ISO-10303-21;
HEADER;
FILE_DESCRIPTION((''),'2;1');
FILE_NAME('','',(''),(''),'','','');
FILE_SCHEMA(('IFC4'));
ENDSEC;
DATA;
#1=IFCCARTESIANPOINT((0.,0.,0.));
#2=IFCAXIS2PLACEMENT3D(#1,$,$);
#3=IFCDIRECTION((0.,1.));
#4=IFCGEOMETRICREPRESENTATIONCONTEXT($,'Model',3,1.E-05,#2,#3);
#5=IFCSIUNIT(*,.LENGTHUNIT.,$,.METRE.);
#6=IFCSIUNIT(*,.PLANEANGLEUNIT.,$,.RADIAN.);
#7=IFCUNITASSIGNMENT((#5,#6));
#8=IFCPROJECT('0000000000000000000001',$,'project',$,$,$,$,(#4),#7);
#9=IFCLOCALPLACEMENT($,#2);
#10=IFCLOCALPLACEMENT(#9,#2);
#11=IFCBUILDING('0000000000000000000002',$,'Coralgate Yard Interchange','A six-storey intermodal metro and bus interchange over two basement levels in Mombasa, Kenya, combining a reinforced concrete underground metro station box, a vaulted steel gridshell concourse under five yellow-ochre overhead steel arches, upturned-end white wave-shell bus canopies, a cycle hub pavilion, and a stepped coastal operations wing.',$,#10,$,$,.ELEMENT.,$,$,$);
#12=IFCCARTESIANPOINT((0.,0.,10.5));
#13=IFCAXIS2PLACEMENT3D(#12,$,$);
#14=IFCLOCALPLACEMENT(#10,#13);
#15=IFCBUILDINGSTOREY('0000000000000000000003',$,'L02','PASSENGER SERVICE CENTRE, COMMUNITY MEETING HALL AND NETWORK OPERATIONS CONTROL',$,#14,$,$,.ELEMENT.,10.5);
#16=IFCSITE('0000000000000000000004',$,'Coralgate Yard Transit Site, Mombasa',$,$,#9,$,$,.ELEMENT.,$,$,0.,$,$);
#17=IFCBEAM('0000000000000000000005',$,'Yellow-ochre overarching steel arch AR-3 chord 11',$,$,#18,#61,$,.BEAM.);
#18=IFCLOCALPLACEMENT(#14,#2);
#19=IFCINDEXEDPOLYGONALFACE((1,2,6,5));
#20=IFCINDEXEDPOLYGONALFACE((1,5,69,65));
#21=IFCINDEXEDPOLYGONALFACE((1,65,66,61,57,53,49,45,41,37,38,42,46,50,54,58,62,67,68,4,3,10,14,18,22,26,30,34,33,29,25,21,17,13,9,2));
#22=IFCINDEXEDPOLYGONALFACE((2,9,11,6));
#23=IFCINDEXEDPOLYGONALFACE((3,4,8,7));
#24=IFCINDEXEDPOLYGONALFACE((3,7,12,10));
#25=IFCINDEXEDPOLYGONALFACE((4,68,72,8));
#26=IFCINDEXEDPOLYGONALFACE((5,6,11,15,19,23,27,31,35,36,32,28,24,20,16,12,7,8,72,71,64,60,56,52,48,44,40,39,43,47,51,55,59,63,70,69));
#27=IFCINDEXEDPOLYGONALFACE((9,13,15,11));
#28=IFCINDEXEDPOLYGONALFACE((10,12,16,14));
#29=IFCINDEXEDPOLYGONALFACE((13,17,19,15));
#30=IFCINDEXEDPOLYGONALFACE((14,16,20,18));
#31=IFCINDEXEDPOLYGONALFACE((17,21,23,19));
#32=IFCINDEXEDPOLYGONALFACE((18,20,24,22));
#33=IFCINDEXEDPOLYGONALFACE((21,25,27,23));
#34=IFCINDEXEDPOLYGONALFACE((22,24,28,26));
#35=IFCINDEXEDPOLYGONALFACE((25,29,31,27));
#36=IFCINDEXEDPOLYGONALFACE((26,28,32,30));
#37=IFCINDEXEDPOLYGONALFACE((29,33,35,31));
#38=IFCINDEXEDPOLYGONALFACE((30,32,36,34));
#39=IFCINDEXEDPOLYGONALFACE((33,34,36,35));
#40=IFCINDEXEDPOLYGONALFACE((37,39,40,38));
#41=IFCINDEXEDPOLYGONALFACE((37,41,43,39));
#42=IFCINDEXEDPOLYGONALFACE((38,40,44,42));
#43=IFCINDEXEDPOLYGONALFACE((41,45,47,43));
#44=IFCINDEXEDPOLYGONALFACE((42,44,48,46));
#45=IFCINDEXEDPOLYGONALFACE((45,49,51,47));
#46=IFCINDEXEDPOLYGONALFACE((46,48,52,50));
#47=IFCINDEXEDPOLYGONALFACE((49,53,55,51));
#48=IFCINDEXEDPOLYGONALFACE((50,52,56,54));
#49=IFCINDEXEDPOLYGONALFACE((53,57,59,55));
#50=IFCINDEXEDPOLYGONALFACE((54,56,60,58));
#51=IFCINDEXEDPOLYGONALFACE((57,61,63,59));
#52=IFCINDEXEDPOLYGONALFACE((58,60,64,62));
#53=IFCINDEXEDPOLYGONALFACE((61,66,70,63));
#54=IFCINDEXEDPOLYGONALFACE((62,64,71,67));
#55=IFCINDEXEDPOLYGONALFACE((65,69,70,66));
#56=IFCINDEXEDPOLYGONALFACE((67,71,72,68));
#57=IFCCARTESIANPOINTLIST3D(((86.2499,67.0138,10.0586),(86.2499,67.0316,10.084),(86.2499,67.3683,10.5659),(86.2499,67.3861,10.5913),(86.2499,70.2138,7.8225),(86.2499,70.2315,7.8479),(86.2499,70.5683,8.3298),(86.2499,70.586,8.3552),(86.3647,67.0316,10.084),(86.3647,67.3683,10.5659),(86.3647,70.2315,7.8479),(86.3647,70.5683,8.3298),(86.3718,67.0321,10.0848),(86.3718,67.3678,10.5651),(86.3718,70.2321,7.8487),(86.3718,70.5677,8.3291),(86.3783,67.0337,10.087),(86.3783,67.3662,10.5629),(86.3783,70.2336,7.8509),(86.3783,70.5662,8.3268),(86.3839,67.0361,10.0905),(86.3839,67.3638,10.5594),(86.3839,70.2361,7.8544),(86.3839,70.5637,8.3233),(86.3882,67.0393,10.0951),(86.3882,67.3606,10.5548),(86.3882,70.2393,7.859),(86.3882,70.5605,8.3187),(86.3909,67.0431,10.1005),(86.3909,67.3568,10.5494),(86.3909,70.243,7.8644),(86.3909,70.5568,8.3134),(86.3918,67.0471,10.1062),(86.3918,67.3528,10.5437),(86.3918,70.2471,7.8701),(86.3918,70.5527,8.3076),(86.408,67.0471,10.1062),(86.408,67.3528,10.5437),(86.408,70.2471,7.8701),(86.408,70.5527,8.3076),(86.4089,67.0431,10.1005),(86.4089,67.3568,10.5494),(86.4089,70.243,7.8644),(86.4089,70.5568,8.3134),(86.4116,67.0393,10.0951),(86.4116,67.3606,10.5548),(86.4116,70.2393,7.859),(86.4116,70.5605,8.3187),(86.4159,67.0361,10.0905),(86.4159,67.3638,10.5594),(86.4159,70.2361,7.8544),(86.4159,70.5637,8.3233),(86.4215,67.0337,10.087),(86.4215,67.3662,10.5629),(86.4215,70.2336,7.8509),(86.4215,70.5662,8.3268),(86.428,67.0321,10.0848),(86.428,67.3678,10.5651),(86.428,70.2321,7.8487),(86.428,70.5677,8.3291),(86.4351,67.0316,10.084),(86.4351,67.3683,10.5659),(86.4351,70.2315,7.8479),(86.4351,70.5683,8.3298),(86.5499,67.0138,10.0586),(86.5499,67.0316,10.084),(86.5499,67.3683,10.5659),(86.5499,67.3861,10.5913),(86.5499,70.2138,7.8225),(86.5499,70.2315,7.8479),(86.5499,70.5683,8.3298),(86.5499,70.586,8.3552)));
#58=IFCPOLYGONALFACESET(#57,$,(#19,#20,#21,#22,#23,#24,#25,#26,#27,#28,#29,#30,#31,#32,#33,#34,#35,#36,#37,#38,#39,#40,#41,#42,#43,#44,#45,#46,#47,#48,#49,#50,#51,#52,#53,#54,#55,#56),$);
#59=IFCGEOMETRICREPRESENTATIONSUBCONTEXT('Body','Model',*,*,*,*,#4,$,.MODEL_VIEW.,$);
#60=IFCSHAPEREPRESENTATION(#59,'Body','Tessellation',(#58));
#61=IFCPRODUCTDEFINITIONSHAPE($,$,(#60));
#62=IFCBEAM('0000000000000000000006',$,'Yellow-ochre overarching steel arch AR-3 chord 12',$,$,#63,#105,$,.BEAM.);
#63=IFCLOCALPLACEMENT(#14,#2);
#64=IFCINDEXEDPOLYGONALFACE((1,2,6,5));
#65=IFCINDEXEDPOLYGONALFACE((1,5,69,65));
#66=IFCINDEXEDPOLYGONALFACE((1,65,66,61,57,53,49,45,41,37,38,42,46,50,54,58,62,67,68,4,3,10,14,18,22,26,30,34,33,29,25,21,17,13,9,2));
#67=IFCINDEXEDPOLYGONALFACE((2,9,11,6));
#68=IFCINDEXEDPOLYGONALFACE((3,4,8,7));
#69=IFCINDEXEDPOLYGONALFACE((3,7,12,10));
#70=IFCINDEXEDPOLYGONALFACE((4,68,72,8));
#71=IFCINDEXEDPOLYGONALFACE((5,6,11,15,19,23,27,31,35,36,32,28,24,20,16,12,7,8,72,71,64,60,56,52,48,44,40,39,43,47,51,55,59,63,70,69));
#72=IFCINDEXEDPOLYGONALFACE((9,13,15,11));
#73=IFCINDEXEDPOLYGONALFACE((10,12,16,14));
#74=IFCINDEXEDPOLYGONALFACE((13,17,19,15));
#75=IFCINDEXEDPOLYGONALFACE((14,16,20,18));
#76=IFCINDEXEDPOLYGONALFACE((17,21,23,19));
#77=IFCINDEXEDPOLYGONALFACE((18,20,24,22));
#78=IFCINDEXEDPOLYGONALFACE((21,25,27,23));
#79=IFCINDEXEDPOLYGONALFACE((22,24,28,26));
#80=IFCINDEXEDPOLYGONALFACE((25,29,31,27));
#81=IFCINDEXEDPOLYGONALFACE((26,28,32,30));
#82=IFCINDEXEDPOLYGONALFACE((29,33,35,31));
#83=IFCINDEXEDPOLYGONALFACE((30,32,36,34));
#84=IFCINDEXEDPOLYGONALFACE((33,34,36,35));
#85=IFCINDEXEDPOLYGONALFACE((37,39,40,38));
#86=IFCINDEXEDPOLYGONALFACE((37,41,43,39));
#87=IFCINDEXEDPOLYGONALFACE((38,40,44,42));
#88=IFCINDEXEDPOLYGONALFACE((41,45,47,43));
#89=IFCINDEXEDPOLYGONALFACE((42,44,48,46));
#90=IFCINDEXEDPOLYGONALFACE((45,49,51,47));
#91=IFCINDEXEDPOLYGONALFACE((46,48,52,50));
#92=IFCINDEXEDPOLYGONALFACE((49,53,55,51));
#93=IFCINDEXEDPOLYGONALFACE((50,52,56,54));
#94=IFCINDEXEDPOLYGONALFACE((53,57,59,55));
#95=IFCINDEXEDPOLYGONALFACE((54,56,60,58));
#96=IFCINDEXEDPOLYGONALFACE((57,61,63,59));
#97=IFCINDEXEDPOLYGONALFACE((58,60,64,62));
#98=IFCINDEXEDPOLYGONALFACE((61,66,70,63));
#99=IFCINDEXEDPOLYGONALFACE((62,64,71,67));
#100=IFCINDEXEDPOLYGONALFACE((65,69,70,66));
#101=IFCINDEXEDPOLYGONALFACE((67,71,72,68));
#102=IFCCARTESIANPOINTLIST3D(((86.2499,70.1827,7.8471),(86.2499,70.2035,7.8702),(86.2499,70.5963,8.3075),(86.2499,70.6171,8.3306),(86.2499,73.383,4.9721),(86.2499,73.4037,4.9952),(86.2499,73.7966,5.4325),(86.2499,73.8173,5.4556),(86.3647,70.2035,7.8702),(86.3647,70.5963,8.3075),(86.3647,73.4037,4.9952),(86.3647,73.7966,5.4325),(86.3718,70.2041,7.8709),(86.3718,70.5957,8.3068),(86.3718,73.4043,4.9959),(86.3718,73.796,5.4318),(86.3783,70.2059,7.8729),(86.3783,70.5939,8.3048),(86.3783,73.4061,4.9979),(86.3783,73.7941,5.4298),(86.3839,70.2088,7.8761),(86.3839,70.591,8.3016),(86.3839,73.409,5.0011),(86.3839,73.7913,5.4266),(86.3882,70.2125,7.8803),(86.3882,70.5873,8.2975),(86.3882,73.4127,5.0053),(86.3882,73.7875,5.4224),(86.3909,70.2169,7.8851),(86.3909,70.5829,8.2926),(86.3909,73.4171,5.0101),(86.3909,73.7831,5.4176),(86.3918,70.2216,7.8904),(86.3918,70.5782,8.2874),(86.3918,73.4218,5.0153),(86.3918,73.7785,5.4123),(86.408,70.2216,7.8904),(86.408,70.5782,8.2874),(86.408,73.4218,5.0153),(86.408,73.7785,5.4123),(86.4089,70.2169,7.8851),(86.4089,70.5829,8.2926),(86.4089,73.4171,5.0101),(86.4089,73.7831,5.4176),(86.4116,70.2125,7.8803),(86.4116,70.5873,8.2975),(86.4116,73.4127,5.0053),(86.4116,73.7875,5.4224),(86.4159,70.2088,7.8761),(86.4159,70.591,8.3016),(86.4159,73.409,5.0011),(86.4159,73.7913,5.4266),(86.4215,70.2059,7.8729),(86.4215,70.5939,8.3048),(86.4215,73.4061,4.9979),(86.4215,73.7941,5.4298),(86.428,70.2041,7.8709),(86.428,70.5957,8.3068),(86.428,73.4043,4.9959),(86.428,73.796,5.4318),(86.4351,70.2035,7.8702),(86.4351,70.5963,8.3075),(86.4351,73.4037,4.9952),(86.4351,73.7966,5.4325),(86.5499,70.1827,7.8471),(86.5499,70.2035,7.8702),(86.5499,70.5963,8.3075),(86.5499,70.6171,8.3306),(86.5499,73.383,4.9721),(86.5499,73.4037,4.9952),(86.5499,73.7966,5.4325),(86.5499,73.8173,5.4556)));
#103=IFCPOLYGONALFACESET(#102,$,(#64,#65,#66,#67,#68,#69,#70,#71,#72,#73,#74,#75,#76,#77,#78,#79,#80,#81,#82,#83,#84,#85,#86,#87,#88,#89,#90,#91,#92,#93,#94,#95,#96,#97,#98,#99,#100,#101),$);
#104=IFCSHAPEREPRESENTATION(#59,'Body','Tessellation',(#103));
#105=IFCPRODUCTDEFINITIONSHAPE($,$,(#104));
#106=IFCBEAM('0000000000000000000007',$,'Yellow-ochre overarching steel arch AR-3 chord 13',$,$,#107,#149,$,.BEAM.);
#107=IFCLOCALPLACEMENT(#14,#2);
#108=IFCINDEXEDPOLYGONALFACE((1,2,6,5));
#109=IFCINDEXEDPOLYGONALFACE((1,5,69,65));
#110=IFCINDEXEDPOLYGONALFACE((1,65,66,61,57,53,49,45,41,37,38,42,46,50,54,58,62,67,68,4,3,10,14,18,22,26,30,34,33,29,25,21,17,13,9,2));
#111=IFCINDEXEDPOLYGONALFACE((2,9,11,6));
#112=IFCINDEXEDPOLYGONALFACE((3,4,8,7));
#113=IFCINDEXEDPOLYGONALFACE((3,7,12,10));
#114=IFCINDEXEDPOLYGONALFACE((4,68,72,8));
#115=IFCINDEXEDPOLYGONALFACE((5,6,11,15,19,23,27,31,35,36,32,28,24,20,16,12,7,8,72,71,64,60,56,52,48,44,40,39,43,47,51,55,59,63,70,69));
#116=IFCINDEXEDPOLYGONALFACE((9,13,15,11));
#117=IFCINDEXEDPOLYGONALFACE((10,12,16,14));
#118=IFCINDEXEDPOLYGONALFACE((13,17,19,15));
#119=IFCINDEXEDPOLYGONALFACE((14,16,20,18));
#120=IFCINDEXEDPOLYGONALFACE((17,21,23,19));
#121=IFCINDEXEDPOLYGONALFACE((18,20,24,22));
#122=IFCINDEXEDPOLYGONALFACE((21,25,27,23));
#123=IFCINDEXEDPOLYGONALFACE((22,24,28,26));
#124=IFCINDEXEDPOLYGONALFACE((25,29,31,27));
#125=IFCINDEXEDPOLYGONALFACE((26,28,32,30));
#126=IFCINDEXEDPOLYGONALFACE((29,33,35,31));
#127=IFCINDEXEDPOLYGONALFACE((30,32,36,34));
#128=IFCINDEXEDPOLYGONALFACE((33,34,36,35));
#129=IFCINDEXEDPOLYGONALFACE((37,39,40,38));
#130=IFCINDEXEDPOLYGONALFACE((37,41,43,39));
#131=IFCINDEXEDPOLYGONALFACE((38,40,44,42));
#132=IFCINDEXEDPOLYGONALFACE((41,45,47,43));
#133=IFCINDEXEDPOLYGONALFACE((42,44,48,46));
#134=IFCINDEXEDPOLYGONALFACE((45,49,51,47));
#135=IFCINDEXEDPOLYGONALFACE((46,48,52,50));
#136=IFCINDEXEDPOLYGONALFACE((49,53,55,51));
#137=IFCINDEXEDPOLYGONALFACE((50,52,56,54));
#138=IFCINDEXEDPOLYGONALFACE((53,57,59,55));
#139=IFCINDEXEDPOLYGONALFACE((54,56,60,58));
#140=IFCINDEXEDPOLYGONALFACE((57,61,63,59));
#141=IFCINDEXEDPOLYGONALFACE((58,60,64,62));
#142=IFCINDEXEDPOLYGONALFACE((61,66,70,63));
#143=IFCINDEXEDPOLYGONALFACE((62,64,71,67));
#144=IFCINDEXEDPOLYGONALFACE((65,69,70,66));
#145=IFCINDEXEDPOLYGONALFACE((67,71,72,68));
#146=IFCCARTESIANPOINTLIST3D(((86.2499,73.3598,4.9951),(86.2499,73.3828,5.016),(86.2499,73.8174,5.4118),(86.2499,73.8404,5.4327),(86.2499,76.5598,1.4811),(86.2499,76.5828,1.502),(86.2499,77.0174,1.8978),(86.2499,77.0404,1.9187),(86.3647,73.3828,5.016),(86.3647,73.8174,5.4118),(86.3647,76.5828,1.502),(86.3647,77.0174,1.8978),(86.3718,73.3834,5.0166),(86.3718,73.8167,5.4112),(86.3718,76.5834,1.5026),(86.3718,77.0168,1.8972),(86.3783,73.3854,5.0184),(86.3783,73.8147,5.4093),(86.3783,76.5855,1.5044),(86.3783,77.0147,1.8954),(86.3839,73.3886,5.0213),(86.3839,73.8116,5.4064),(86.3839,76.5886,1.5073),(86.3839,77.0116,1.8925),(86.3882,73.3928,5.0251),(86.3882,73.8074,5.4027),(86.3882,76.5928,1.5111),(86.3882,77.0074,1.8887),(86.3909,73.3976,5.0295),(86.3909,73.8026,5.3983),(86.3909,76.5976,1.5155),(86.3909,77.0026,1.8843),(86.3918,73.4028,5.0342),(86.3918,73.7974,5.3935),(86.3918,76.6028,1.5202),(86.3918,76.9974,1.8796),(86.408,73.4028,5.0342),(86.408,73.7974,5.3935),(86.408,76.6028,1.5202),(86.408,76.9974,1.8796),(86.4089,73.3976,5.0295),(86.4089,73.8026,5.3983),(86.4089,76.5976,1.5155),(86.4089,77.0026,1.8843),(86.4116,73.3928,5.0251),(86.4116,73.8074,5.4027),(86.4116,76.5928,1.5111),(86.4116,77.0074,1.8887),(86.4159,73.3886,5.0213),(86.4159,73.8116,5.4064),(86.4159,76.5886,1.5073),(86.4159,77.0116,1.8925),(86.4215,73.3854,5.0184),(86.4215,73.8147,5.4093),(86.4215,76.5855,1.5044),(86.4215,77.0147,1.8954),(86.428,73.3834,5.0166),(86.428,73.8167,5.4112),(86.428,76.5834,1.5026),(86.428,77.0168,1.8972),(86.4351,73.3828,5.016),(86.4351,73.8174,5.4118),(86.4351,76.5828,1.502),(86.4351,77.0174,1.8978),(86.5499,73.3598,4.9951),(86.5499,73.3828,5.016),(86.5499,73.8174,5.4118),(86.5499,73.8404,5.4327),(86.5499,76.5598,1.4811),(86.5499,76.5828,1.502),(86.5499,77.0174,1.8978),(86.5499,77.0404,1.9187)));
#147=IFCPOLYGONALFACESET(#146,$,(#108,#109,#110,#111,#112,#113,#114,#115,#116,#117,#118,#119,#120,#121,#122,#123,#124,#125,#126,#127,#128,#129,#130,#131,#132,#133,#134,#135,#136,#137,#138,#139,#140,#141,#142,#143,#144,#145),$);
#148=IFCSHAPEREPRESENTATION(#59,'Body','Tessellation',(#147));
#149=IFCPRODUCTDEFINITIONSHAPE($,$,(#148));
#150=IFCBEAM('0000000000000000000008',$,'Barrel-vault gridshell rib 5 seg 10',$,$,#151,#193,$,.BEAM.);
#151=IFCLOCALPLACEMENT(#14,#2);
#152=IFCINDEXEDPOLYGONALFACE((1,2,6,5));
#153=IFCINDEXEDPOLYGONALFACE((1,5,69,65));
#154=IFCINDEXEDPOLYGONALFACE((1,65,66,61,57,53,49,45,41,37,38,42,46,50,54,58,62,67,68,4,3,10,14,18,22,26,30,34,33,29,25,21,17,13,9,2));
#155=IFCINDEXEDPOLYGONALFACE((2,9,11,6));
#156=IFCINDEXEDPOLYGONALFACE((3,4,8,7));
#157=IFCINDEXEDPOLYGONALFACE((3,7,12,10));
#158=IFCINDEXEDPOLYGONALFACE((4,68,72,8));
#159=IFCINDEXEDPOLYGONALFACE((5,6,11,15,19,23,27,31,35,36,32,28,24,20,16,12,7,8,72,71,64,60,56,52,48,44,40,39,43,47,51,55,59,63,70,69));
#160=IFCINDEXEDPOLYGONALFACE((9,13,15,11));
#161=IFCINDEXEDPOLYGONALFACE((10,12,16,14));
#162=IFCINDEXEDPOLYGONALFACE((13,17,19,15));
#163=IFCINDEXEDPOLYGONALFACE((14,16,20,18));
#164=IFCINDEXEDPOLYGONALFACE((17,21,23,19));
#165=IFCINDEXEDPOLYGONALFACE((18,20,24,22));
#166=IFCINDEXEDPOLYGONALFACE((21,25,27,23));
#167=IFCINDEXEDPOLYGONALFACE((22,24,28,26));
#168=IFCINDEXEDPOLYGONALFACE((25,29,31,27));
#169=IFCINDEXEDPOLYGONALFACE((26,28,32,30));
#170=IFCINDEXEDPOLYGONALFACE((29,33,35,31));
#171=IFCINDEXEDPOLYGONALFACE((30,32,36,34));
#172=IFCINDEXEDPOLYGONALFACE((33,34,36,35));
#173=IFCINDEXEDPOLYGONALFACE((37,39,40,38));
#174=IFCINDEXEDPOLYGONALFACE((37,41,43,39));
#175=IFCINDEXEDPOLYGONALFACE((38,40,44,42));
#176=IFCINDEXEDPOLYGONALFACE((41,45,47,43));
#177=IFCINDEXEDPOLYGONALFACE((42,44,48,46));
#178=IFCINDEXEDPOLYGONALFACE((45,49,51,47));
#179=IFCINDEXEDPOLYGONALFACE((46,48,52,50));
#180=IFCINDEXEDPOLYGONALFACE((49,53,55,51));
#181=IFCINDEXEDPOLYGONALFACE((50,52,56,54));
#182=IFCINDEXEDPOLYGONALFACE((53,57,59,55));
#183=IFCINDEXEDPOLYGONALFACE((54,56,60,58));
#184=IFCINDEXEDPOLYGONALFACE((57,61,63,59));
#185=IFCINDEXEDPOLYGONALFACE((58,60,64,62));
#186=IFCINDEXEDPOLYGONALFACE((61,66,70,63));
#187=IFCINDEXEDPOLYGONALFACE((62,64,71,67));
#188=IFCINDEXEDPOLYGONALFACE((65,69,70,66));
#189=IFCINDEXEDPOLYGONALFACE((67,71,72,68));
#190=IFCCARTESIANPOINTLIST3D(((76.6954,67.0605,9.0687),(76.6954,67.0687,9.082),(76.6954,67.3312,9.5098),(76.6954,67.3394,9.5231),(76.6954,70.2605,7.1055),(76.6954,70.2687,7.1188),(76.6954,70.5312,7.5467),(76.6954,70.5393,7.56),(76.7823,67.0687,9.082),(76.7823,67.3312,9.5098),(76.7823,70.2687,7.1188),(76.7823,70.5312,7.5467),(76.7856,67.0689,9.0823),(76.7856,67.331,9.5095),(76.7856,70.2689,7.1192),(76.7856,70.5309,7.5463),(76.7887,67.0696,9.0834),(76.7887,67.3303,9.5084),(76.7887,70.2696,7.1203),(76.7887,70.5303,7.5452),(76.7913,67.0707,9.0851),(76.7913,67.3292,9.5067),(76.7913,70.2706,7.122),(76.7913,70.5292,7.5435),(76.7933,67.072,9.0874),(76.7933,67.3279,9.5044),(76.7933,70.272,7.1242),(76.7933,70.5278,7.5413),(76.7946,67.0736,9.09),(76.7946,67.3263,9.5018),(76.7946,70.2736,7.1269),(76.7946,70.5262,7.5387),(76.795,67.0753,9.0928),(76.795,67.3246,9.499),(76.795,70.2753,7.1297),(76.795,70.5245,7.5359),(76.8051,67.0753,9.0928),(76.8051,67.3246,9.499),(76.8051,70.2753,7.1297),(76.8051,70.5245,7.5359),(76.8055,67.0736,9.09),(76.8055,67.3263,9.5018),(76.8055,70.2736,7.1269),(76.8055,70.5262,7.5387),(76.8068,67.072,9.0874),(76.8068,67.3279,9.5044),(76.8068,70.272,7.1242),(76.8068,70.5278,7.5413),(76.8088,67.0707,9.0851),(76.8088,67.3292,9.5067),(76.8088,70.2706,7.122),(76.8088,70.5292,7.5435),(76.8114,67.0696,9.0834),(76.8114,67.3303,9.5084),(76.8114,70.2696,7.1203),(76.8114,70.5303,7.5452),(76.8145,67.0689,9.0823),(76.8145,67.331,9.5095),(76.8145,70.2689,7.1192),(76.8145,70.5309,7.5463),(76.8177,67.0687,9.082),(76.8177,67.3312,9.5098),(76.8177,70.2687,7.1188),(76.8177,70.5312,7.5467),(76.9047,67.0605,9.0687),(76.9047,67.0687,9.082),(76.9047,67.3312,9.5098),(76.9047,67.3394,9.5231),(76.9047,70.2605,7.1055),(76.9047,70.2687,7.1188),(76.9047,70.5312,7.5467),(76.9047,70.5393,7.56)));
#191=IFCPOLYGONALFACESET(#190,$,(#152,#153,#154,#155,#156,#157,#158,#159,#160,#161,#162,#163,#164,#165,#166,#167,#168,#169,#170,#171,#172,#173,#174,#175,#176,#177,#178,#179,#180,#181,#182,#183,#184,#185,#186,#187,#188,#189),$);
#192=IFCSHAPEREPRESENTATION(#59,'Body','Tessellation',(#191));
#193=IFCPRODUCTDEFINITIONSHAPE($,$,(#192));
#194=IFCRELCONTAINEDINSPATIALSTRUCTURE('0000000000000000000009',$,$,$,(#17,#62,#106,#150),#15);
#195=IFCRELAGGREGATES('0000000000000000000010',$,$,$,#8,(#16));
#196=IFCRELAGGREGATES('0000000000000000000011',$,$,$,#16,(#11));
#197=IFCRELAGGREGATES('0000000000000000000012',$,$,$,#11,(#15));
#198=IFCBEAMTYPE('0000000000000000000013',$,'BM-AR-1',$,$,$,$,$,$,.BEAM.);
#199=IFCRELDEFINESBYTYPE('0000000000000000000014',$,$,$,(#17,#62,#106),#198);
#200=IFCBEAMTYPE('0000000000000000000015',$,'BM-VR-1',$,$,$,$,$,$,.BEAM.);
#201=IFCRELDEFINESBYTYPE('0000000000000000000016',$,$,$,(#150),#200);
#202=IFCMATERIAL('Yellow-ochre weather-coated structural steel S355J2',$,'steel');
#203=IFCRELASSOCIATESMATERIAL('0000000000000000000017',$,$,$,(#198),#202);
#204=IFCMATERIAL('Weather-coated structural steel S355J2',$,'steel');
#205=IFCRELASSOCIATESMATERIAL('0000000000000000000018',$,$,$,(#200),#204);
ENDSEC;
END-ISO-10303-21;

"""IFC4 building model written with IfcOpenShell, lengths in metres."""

from ifc_helpers import new_model, si_unit, direction, frame, origin, origin_2d, place, context, subcontext, project, spatial, i_section, extrude, material, material_profile, profile_set, type_object, element, save


model = new_model("IFC4")

# Units and contexts
model_context = context("Model", 3, precision=1e-05, world=origin(), true_north=direction((0.0, 1.0)))
body_context = subcontext(model_context, "Body", "Model", "MODEL_VIEW")
ifc_project = project(units=[si_unit("LENGTHUNIT", "METRE"), si_unit("PLANEANGLEUNIT", "RADIAN")], contexts=[model_context])

# Site, building, storey
site_placement = place(None, origin())
site = spatial("IfcSite", under=ifc_project, at=site_placement, Name="Coralgate Yard Transit Site, Mombasa", CompositionType="ELEMENT", RefElevation=0.0)
building_placement = place(site_placement, origin())
building = spatial("IfcBuilding", under=site, at=building_placement, Name="Coralgate Yard Interchange", Description="A six-storey intermodal metro and bus interchange over two basement levels in Mombasa, Kenya, combining a reinforced concrete underground metro station box, a vaulted steel gridshell concourse under five yellow-ochre overhead steel arches, upturned-end white wave-shell bus canopies, a cycle hub pavilion, and a stepped coastal operations wing.", CompositionType="ELEMENT")
storey_placement = place(building_placement, frame((0.0, 0.0, 10.5)))
storey = spatial("IfcBuildingStorey", under=building, at=storey_placement, Name="L02", Description="PASSENGER SERVICE CENTRE, COMMUNITY MEETING HALL AND NETWORK OPERATIONS CONTROL", CompositionType="ELEMENT", Elevation=10.5)

# Beams
ifc_material_1 = material(Name="Yellow-ochre weather-coated structural steel S355J2", Category="steel")
ifc_material_profile_1 = material_profile(ifc_material_1, i_section(OverallWidth=0.3, OverallDepth=0.6499, WebThickness=0.0161, FlangeThickness=0.031, FilletRadius=0.0271, at=origin_2d()), Name="HEB 650")
ifc_profile_set_1 = profile_set([ifc_material_profile_1], Name="Yellow-ochre weather-coated structural steel S355J2")
beam_type_1 = type_object("IfcBeamType", Name="BM-AR-1", PredefinedType="BEAM", material=ifc_profile_set_1)
beam_1_placement = place(storey_placement, frame((86.3999, 67.2, 10.325), z_axis=(0.0, 0.819699, -0.572795), x_axis=(-1.0, 0.0, 0.0)))
element("IfcBeam", 1, at=beam_1_placement, inside=storey, type_object=beam_type_1, Name="Yellow-ochre overarching steel arch AR-3 chord 11", PredefinedType="BEAM", context=body_context, shape_type="SweptSolid", body=[
    extrude(i_section(OverallWidth=0.3, OverallDepth=0.6499, WebThickness=0.0161, FlangeThickness=0.031, FilletRadius=0.0271, at=origin_2d()), origin(), (0.0, 0.0, 1.0), 3.9038),
])
beam_2_placement = place(storey_placement, frame((86.3999, 70.3999, 8.0889), z_axis=(0.0, 0.743892, -0.6683), x_axis=(-1.0, 0.0, 0.0)))
element("IfcBeam", 2, at=beam_2_placement, inside=storey, type_object=beam_type_1, Name="Yellow-ochre overarching steel arch AR-3 chord 12", PredefinedType="BEAM", context=body_context, shape_type="SweptSolid", body=[
    extrude(i_section(OverallWidth=0.3, OverallDepth=0.6499, WebThickness=0.0161, FlangeThickness=0.031, FilletRadius=0.0271, at=origin_2d()), origin(), (0.0, 0.0, 1.0), 4.302),
])
beam_3_placement = place(storey_placement, frame((86.3999, 73.6001, 5.2139), z_axis=(0.0, 0.673304, -0.739366), x_axis=(-1.0, 0.0, 0.0)))
element("IfcBeam", 3, at=beam_3_placement, inside=storey, type_object=beam_type_1, Name="Yellow-ochre overarching steel arch AR-3 chord 13", PredefinedType="BEAM", context=body_context, shape_type="SweptSolid", body=[
    extrude(i_section(OverallWidth=0.3, OverallDepth=0.6499, WebThickness=0.0161, FlangeThickness=0.031, FilletRadius=0.0271, at=origin_2d()), origin(), (0.0, 0.0, 1.0), 4.7527),
])
ifc_material_2 = material(Name="Weather-coated structural steel S355J2", Category="steel")
ifc_material_profile_2 = material_profile(ifc_material_2, i_section(OverallWidth=0.2092, OverallDepth=0.5332, WebThickness=0.01, FlangeThickness=0.0156, FilletRadius=0.0127, at=origin_2d()), Name="UB 533x210x92")
ifc_profile_set_2 = profile_set([ifc_material_profile_2], Name="Weather-coated structural steel S355J2")
beam_type_2 = type_object("IfcBeamType", Name="BM-VR-1", PredefinedType="BEAM", material=ifc_profile_set_2)
beam_4_placement = place(storey_placement, frame((76.8, 67.2, 9.2959), z_axis=(0.0, 0.852379, -0.522925), x_axis=(-1.0, 0.0, 0.0)))
element("IfcBeam", 4, at=beam_4_placement, inside=storey, type_object=beam_type_2, Name="Barrel-vault gridshell rib 5 seg 10", PredefinedType="BEAM", context=body_context, shape_type="SweptSolid", body=[
    extrude(i_section(OverallWidth=0.2092, OverallDepth=0.5332, WebThickness=0.01, FlangeThickness=0.0156, FilletRadius=0.0127, at=origin_2d()), origin(), (0.0, 0.0, 1.0), 3.7542),
])

save(model, "model.ifc")
